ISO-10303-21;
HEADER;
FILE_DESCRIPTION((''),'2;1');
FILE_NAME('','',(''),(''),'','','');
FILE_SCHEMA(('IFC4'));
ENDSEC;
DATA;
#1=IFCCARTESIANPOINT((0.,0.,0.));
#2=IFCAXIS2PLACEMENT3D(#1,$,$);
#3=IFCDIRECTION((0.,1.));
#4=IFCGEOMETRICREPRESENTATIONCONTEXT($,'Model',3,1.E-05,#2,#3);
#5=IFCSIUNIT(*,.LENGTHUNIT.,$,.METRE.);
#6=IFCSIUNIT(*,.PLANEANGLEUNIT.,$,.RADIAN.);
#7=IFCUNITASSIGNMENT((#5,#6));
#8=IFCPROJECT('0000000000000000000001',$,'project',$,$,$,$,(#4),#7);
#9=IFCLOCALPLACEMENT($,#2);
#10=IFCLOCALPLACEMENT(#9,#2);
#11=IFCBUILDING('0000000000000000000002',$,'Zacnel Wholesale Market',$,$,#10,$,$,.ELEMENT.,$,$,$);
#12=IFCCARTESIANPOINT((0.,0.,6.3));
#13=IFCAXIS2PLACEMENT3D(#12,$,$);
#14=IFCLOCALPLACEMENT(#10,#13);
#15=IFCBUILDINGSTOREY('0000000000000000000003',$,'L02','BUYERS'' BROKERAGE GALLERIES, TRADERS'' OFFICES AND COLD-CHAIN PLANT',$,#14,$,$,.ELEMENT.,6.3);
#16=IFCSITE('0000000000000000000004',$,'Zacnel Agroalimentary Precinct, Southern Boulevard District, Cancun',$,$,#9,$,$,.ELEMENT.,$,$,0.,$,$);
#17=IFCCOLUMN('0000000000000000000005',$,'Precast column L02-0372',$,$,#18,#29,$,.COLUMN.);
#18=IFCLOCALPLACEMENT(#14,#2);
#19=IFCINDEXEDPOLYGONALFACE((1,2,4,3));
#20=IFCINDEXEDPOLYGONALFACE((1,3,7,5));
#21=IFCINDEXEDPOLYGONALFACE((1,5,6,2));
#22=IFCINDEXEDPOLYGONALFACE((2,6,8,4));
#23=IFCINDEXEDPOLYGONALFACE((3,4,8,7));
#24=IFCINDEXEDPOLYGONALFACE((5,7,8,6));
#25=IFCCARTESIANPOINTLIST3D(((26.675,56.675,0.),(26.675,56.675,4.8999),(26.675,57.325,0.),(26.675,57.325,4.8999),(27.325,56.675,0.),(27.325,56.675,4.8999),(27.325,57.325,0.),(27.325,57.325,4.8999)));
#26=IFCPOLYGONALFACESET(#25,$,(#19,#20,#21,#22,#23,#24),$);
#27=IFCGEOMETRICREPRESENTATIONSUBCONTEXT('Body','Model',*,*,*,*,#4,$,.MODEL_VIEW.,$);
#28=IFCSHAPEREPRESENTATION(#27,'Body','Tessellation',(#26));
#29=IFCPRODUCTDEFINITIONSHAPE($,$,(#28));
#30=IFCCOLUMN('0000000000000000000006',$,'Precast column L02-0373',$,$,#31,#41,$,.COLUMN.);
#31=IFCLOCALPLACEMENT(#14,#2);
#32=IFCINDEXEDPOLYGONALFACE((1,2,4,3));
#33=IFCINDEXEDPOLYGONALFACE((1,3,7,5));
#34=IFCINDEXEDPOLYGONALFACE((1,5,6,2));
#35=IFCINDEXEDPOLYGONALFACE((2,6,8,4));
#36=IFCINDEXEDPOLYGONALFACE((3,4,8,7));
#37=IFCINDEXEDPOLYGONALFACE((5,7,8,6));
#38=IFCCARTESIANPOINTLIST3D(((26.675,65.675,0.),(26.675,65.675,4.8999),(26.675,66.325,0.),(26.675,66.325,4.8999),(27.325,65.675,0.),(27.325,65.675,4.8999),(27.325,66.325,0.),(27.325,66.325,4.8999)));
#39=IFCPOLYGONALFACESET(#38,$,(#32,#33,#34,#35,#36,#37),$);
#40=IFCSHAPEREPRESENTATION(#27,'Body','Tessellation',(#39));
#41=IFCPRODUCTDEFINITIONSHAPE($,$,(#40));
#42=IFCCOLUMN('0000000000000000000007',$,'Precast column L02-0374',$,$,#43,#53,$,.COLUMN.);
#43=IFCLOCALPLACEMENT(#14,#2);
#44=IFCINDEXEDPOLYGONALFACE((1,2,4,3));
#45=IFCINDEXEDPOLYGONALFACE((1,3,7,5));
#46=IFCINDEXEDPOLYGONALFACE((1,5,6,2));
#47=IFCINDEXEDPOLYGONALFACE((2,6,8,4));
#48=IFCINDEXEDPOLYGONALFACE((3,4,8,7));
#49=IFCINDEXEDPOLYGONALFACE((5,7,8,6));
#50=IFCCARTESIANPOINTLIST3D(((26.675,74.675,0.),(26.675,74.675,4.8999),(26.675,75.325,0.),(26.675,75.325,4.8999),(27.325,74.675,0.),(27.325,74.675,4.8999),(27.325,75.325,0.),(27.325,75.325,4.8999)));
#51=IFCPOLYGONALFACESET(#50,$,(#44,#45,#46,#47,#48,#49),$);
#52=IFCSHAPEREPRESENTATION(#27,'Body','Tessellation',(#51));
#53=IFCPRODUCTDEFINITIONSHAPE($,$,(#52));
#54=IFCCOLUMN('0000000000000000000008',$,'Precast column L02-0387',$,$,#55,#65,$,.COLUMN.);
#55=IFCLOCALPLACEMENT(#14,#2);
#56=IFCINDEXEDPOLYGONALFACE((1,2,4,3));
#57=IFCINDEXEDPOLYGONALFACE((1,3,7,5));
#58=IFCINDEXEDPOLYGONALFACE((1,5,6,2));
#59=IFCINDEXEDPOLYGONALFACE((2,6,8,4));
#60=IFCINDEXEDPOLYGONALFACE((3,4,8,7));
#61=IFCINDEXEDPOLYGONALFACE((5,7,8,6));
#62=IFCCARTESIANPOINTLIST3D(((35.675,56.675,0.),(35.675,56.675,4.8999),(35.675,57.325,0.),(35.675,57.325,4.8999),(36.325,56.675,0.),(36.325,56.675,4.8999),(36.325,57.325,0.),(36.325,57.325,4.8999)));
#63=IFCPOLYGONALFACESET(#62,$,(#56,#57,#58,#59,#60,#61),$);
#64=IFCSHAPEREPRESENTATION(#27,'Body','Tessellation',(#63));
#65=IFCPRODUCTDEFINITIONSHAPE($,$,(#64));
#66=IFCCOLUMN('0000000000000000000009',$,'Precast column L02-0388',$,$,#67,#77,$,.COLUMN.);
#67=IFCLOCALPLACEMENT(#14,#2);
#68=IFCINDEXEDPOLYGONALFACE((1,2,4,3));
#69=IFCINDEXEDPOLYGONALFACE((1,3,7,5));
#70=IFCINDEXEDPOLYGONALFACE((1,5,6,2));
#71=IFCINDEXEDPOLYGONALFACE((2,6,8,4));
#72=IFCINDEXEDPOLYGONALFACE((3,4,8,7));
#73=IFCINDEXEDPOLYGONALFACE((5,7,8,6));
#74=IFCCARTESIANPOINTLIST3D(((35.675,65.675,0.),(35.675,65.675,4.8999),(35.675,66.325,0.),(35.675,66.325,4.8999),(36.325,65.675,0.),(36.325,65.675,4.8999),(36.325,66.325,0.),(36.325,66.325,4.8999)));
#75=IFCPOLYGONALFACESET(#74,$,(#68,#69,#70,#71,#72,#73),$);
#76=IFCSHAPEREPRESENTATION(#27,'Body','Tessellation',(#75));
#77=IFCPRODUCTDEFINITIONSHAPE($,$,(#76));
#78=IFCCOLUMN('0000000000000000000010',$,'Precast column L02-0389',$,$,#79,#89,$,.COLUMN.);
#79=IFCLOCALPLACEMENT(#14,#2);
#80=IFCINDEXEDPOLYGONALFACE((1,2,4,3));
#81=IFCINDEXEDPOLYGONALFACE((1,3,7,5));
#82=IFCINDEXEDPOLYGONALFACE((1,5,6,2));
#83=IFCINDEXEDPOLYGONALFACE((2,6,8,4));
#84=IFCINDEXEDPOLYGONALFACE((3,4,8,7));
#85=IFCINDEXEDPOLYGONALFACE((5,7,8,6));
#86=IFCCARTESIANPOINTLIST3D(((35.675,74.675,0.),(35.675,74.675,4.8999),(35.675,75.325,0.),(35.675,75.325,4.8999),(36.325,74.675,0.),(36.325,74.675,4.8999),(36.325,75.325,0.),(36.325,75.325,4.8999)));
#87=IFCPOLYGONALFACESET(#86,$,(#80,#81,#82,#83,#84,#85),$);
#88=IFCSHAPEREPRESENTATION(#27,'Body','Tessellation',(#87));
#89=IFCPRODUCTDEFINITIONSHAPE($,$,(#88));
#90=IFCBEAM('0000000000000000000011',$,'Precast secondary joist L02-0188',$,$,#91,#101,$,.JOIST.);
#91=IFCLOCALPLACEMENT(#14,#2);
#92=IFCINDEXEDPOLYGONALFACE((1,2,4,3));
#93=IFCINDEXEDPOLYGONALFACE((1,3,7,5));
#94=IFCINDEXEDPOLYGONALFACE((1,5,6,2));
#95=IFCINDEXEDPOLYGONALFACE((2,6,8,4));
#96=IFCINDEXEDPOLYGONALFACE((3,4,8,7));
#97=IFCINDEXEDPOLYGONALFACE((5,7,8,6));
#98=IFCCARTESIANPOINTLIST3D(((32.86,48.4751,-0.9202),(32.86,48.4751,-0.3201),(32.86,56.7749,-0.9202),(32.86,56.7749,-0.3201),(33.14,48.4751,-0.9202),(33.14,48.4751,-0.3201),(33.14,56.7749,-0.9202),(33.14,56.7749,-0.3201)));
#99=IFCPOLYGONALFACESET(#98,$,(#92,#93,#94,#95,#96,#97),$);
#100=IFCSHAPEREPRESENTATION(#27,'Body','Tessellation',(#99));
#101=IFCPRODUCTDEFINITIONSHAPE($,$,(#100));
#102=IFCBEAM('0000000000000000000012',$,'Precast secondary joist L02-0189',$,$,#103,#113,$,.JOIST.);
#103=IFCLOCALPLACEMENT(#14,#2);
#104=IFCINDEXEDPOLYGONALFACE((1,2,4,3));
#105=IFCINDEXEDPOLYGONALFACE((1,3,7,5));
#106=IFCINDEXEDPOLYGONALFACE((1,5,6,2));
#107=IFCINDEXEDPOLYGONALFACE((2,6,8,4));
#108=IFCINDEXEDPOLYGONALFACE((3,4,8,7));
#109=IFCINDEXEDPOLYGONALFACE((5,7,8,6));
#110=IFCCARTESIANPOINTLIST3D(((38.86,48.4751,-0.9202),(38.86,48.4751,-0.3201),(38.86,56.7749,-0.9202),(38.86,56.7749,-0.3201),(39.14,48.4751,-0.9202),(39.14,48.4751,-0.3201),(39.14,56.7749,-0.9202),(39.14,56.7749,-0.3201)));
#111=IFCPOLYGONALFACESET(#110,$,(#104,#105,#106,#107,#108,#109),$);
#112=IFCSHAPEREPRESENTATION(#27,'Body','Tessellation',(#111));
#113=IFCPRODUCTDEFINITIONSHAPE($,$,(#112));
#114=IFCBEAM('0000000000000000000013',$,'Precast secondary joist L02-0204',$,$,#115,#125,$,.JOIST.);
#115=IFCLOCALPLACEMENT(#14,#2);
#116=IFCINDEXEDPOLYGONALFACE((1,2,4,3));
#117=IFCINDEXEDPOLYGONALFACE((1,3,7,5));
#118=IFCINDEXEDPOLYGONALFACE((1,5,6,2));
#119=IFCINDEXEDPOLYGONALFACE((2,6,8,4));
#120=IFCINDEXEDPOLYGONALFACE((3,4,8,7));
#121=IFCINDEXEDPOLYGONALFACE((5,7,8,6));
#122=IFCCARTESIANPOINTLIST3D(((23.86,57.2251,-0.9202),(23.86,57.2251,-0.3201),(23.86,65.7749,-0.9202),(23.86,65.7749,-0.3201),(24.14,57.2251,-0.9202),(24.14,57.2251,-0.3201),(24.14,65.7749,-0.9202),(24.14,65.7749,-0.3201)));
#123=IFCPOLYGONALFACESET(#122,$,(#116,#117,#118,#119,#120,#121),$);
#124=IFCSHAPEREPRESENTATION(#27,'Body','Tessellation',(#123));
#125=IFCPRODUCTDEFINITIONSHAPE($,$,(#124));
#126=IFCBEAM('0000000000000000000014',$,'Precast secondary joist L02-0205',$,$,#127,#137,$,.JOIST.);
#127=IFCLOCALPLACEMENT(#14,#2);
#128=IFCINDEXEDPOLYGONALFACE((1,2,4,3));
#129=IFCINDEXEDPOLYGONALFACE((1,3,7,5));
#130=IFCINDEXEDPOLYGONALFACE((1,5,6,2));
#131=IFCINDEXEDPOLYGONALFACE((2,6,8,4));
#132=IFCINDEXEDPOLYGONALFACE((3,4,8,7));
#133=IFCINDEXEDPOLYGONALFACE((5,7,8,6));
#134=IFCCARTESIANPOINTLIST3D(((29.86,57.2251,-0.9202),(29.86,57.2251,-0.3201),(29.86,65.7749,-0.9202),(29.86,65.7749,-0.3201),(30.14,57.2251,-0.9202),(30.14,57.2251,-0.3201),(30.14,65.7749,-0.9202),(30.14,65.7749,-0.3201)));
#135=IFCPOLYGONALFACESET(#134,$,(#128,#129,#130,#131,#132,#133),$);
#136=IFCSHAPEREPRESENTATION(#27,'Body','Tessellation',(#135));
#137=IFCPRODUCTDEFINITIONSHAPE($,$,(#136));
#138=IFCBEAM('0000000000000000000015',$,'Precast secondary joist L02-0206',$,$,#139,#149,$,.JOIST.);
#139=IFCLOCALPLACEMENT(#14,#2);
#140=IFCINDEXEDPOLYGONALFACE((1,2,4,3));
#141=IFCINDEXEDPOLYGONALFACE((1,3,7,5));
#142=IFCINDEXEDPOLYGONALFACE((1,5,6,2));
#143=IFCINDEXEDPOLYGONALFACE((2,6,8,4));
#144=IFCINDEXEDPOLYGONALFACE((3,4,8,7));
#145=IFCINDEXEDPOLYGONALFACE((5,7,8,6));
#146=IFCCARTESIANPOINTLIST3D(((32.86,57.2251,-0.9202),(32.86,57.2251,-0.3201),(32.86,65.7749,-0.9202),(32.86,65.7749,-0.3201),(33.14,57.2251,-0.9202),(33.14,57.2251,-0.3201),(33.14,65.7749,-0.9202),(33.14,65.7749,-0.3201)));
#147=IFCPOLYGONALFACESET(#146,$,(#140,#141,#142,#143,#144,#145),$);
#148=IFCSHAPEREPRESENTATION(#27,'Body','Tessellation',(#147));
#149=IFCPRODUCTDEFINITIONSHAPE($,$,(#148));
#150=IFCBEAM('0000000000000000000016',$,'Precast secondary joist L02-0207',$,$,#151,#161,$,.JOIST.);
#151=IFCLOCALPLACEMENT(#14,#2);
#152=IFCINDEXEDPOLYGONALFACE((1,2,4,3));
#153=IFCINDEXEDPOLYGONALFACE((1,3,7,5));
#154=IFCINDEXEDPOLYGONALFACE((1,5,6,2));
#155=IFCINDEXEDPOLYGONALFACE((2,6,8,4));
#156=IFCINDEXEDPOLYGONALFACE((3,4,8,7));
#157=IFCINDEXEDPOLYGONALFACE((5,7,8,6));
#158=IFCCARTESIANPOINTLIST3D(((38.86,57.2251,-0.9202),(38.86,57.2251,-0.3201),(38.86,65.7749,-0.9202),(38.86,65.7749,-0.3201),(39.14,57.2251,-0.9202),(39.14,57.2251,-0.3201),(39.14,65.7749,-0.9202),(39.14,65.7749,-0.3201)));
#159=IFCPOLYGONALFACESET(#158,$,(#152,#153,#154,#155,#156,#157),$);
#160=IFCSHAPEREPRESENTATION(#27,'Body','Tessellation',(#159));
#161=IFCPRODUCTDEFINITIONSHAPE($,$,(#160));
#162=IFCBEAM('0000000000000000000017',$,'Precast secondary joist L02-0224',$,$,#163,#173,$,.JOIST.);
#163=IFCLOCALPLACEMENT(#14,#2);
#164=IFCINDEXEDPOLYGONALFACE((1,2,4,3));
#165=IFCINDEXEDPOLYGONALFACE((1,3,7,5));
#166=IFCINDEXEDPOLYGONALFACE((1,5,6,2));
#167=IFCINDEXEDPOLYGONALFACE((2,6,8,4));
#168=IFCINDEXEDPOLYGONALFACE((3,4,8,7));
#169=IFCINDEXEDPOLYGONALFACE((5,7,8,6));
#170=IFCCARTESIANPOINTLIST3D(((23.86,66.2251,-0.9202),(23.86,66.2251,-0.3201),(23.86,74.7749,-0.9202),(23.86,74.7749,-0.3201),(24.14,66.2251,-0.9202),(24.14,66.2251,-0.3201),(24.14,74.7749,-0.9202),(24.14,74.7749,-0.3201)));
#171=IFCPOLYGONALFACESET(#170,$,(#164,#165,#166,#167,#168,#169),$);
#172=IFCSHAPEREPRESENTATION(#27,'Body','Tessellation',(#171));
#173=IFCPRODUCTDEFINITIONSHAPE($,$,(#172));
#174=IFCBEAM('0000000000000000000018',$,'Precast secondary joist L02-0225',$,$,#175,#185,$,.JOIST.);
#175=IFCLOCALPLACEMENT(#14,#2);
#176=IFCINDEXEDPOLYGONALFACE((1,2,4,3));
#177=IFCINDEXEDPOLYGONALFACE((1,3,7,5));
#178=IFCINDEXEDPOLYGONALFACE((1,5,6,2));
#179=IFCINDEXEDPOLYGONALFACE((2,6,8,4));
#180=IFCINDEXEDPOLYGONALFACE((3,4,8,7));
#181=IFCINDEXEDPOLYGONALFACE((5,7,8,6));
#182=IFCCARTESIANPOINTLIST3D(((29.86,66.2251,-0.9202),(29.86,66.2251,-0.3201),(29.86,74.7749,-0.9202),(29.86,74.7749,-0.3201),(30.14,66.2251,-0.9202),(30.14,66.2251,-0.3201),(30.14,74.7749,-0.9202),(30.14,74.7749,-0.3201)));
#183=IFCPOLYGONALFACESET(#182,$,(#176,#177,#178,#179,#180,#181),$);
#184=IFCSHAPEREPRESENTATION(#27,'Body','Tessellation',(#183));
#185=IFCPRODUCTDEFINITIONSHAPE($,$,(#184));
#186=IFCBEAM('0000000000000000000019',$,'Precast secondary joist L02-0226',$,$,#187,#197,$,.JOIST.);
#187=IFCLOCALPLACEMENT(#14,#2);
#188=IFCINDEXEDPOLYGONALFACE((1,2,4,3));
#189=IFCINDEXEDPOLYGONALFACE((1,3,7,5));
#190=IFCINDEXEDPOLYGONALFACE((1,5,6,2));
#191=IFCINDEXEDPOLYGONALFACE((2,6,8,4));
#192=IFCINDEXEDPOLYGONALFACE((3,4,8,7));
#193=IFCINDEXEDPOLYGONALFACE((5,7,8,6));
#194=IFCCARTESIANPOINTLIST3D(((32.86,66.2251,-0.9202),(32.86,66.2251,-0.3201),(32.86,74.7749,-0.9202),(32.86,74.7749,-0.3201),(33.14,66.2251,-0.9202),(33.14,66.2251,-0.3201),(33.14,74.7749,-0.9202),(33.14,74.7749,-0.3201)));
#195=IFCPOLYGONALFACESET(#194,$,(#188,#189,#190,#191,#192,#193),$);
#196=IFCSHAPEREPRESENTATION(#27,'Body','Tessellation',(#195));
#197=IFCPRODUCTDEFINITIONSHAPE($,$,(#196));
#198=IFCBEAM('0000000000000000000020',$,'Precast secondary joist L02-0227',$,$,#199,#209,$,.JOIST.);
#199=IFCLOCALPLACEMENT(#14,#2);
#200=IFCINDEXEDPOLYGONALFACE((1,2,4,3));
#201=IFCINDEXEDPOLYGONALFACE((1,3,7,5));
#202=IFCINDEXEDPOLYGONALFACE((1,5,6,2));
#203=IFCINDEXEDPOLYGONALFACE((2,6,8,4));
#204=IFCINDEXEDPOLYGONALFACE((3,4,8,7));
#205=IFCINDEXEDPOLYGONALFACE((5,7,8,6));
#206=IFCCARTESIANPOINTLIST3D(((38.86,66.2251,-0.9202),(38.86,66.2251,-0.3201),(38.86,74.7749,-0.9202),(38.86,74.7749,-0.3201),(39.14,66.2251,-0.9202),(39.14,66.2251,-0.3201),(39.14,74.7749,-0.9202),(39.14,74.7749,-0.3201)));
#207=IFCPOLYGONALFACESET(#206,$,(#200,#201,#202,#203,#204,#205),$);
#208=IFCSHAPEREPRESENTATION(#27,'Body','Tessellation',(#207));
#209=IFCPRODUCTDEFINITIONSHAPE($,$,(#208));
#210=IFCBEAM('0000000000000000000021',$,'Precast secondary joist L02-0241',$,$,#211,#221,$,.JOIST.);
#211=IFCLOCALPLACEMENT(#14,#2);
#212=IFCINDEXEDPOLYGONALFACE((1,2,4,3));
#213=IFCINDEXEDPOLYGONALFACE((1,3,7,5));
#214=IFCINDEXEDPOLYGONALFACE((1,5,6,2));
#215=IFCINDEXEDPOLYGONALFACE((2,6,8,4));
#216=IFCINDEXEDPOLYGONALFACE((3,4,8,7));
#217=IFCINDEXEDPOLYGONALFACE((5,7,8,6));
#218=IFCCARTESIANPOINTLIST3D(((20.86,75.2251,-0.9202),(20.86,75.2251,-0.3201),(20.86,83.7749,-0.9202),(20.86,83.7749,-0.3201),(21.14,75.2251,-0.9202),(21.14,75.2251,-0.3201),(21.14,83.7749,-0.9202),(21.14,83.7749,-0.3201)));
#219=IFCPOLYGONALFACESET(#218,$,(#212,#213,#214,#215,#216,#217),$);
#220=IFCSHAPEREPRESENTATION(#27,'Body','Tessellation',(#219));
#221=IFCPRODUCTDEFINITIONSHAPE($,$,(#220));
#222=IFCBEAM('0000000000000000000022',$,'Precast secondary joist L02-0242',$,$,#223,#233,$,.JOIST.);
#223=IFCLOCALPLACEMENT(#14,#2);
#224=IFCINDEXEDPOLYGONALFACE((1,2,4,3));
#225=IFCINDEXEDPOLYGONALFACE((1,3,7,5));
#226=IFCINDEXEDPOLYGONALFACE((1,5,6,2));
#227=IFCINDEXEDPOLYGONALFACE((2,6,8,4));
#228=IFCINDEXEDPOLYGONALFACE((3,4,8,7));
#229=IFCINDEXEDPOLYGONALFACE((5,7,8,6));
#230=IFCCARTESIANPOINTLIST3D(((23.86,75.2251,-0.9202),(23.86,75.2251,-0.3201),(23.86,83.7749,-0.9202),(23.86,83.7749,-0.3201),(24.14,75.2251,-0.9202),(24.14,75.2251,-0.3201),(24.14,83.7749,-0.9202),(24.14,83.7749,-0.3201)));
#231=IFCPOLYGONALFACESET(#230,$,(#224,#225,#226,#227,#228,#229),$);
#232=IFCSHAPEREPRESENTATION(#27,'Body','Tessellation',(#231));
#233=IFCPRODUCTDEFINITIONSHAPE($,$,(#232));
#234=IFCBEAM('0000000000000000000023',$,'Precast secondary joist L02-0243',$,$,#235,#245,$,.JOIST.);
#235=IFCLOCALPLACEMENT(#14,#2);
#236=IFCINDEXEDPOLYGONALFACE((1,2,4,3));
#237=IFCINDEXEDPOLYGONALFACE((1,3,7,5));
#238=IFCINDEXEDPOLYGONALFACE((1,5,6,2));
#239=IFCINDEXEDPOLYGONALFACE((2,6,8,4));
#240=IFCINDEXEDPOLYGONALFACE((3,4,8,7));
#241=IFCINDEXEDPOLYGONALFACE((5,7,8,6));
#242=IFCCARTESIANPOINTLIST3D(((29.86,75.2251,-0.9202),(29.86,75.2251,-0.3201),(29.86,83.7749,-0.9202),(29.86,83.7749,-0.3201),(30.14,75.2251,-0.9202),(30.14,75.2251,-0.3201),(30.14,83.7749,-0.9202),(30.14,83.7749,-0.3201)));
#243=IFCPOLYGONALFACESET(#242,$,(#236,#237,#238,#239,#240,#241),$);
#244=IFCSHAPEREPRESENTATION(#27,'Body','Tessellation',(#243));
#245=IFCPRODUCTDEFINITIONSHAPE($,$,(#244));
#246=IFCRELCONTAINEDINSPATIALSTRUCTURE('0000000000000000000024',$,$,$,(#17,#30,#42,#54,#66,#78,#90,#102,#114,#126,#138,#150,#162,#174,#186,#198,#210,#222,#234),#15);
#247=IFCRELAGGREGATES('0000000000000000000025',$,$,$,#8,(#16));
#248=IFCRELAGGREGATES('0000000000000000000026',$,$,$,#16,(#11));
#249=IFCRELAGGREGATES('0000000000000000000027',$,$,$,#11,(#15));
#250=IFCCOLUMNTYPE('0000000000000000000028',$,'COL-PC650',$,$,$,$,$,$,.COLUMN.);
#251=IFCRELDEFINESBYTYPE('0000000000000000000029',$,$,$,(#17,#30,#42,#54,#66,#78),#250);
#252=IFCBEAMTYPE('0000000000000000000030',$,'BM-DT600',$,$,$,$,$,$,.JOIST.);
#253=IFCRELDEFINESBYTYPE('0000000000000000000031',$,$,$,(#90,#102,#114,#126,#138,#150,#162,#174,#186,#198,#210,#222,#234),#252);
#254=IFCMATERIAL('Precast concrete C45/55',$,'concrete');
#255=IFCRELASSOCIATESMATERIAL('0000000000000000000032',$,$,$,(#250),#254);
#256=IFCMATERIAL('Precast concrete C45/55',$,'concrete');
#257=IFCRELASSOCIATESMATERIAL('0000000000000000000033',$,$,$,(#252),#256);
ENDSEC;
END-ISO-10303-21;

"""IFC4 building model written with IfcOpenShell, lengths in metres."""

from ifc_helpers import new_model, si_unit, direction, frame, origin, origin_2d, place, context, subcontext, project, spatial, rectangle, extrude, material, material_profile, profile_set, type_object, element, save


model = new_model("IFC4")

# Units and contexts
model_context = context("Model", 3, precision=1e-05, world=origin(), true_north=direction((0.0, 1.0)))
body_context = subcontext(model_context, "Body", "Model", "MODEL_VIEW")
ifc_project = project(units=[si_unit("LENGTHUNIT", "METRE"), si_unit("PLANEANGLEUNIT", "RADIAN")], contexts=[model_context])

# Site, building, storey
site_placement = place(None, origin())
site = spatial("IfcSite", under=ifc_project, at=site_placement, Name="Zacnel Agroalimentary Precinct, Southern Boulevard District, Cancun", CompositionType="ELEMENT", RefElevation=0.0)
building_placement = place(site_placement, origin())
building = spatial("IfcBuilding", under=site, at=building_placement, Name="Zacnel Wholesale Market", CompositionType="ELEMENT")
storey_placement = place(building_placement, frame((0.0, 0.0, 6.3)))
storey = spatial("IfcBuildingStorey", under=building, at=storey_placement, Name="L02", Description="BUYERS' BROKERAGE GALLERIES, TRADERS' OFFICES AND COLD-CHAIN PLANT", CompositionType="ELEMENT", Elevation=6.3)

# Columns
ifc_material_1 = material(Name="Precast concrete C45/55", Category="concrete")
ifc_material_profile_1 = material_profile(ifc_material_1, rectangle(XDim=0.6499, YDim=0.6499, at=origin_2d()), Name="PC 650x650")
ifc_profile_set_1 = profile_set([ifc_material_profile_1], Name="Precast concrete C45/55")
column_type = type_object("IfcColumnType", Name="COL-PC650", PredefinedType="COLUMN", material=ifc_profile_set_1)
for number, where, z_axis, x_axis, name in (
    (1, (27.0, 57.0, 0.0), (0.0, 0.0, 1.0), (1.0, 0.0, 0.0), "Precast column L02-0372"),
    (2, (27.0, 66.0, 0.0), (0.0, 0.0, 1.0), (1.0, 0.0, 0.0), "Precast column L02-0373"),
    (3, (27.0, 75.0, 0.0), (0.0, 0.0, 1.0), (1.0, 0.0, 0.0), "Precast column L02-0374"),
    (4, (36.0, 57.0, 0.0), (0.0, 0.0, 1.0), (1.0, 0.0, 0.0), "Precast column L02-0387"),
    (5, (36.0, 66.0, 0.0), (0.0, 0.0, 1.0), (1.0, 0.0, 0.0), "Precast column L02-0388"),
    (6, (36.0, 75.0, 0.0), (0.0, 0.0, 1.0), (1.0, 0.0, 0.0), "Precast column L02-0389"),
):
    element("IfcColumn", number, at=place(storey_placement, frame(where, z_axis=z_axis, x_axis=x_axis)), inside=storey, type_object=column_type, Name=name, PredefinedType="COLUMN", context=body_context, shape_type="SweptSolid", body=[
        extrude(rectangle(XDim=0.6499, YDim=0.6499, at=origin_2d()), origin(), (0.0, 0.0, 1.0), 4.8999),
    ])

# Beams
ifc_material_2 = material(Name="Precast concrete C45/55", Category="concrete")
ifc_material_profile_2 = material_profile(ifc_material_2, rectangle(XDim=0.28, YDim=0.6001, at=origin_2d()), Name="DT RIB 280x600")
ifc_profile_set_2 = profile_set([ifc_material_profile_2], Name="Precast concrete C45/55")
beam_type_1 = type_object("IfcBeamType", Name="BM-DT600", PredefinedType="JOIST", material=ifc_profile_set_2)
for number, where, z_axis, x_axis, name in (
    (7, (33.0, 48.4751, -0.6201), (0.0, 1.0, 0.0), (-1.0, 0.0, 0.0), "Precast secondary joist L02-0188"),
    (8, (39.0, 48.4751, -0.6201), (0.0, 1.0, 0.0), (-1.0, 0.0, 0.0), "Precast secondary joist L02-0189"),
):
    element("IfcBeam", number, at=place(storey_placement, frame(where, z_axis=z_axis, x_axis=x_axis)), inside=storey, type_object=beam_type_1, Name=name, PredefinedType="JOIST", context=body_context, shape_type="SweptSolid", body=[
        extrude(rectangle(XDim=0.28, YDim=0.6001, at=origin_2d()), origin(), (0.0, 0.0, 1.0), 8.2998),
    ])
for number, where, z_axis, x_axis, name in (
    (9, (24.0, 57.2251, -0.6201), (0.0, 1.0, 0.0), (-1.0, 0.0, 0.0), "Precast secondary joist L02-0204"),
    (10, (30.0, 57.2251, -0.6201), (0.0, 1.0, 0.0), (-1.0, 0.0, 0.0), "Precast secondary joist L02-0205"),
    (11, (33.0, 57.2251, -0.6201), (0.0, 1.0, 0.0), (-1.0, 0.0, 0.0), "Precast secondary joist L02-0206"),
    (12, (39.0, 57.2251, -0.6201), (0.0, 1.0, 0.0), (-1.0, 0.0, 0.0), "Precast secondary joist L02-0207"),
    (13, (24.0, 66.2251, -0.6201), (0.0, 1.0, 0.0), (-1.0, 0.0, 0.0), "Precast secondary joist L02-0224"),
    (14, (30.0, 66.2251, -0.6201), (0.0, 1.0, 0.0), (-1.0, 0.0, 0.0), "Precast secondary joist L02-0225"),
    (15, (33.0, 66.2251, -0.6201), (0.0, 1.0, 0.0), (-1.0, 0.0, 0.0), "Precast secondary joist L02-0226"),
    (16, (39.0, 66.2251, -0.6201), (0.0, 1.0, 0.0), (-1.0, 0.0, 0.0), "Precast secondary joist L02-0227"),
    (17, (21.0, 75.2251, -0.6201), (0.0, 1.0, 0.0), (-1.0, 0.0, 0.0), "Precast secondary joist L02-0241"),
    (18, (24.0, 75.2251, -0.6201), (0.0, 1.0, 0.0), (-1.0, 0.0, 0.0), "Precast secondary joist L02-0242"),
    (19, (30.0, 75.2251, -0.6201), (0.0, 1.0, 0.0), (-1.0, 0.0, 0.0), "Precast secondary joist L02-0243"),
):
    element("IfcBeam", number, at=place(storey_placement, frame(where, z_axis=z_axis, x_axis=x_axis)), inside=storey, type_object=beam_type_1, Name=name, PredefinedType="JOIST", context=body_context, shape_type="SweptSolid", body=[
        extrude(rectangle(XDim=0.28, YDim=0.6001, at=origin_2d()), origin(), (0.0, 0.0, 1.0), 8.5498),
    ])

save(model, "model.ifc")
